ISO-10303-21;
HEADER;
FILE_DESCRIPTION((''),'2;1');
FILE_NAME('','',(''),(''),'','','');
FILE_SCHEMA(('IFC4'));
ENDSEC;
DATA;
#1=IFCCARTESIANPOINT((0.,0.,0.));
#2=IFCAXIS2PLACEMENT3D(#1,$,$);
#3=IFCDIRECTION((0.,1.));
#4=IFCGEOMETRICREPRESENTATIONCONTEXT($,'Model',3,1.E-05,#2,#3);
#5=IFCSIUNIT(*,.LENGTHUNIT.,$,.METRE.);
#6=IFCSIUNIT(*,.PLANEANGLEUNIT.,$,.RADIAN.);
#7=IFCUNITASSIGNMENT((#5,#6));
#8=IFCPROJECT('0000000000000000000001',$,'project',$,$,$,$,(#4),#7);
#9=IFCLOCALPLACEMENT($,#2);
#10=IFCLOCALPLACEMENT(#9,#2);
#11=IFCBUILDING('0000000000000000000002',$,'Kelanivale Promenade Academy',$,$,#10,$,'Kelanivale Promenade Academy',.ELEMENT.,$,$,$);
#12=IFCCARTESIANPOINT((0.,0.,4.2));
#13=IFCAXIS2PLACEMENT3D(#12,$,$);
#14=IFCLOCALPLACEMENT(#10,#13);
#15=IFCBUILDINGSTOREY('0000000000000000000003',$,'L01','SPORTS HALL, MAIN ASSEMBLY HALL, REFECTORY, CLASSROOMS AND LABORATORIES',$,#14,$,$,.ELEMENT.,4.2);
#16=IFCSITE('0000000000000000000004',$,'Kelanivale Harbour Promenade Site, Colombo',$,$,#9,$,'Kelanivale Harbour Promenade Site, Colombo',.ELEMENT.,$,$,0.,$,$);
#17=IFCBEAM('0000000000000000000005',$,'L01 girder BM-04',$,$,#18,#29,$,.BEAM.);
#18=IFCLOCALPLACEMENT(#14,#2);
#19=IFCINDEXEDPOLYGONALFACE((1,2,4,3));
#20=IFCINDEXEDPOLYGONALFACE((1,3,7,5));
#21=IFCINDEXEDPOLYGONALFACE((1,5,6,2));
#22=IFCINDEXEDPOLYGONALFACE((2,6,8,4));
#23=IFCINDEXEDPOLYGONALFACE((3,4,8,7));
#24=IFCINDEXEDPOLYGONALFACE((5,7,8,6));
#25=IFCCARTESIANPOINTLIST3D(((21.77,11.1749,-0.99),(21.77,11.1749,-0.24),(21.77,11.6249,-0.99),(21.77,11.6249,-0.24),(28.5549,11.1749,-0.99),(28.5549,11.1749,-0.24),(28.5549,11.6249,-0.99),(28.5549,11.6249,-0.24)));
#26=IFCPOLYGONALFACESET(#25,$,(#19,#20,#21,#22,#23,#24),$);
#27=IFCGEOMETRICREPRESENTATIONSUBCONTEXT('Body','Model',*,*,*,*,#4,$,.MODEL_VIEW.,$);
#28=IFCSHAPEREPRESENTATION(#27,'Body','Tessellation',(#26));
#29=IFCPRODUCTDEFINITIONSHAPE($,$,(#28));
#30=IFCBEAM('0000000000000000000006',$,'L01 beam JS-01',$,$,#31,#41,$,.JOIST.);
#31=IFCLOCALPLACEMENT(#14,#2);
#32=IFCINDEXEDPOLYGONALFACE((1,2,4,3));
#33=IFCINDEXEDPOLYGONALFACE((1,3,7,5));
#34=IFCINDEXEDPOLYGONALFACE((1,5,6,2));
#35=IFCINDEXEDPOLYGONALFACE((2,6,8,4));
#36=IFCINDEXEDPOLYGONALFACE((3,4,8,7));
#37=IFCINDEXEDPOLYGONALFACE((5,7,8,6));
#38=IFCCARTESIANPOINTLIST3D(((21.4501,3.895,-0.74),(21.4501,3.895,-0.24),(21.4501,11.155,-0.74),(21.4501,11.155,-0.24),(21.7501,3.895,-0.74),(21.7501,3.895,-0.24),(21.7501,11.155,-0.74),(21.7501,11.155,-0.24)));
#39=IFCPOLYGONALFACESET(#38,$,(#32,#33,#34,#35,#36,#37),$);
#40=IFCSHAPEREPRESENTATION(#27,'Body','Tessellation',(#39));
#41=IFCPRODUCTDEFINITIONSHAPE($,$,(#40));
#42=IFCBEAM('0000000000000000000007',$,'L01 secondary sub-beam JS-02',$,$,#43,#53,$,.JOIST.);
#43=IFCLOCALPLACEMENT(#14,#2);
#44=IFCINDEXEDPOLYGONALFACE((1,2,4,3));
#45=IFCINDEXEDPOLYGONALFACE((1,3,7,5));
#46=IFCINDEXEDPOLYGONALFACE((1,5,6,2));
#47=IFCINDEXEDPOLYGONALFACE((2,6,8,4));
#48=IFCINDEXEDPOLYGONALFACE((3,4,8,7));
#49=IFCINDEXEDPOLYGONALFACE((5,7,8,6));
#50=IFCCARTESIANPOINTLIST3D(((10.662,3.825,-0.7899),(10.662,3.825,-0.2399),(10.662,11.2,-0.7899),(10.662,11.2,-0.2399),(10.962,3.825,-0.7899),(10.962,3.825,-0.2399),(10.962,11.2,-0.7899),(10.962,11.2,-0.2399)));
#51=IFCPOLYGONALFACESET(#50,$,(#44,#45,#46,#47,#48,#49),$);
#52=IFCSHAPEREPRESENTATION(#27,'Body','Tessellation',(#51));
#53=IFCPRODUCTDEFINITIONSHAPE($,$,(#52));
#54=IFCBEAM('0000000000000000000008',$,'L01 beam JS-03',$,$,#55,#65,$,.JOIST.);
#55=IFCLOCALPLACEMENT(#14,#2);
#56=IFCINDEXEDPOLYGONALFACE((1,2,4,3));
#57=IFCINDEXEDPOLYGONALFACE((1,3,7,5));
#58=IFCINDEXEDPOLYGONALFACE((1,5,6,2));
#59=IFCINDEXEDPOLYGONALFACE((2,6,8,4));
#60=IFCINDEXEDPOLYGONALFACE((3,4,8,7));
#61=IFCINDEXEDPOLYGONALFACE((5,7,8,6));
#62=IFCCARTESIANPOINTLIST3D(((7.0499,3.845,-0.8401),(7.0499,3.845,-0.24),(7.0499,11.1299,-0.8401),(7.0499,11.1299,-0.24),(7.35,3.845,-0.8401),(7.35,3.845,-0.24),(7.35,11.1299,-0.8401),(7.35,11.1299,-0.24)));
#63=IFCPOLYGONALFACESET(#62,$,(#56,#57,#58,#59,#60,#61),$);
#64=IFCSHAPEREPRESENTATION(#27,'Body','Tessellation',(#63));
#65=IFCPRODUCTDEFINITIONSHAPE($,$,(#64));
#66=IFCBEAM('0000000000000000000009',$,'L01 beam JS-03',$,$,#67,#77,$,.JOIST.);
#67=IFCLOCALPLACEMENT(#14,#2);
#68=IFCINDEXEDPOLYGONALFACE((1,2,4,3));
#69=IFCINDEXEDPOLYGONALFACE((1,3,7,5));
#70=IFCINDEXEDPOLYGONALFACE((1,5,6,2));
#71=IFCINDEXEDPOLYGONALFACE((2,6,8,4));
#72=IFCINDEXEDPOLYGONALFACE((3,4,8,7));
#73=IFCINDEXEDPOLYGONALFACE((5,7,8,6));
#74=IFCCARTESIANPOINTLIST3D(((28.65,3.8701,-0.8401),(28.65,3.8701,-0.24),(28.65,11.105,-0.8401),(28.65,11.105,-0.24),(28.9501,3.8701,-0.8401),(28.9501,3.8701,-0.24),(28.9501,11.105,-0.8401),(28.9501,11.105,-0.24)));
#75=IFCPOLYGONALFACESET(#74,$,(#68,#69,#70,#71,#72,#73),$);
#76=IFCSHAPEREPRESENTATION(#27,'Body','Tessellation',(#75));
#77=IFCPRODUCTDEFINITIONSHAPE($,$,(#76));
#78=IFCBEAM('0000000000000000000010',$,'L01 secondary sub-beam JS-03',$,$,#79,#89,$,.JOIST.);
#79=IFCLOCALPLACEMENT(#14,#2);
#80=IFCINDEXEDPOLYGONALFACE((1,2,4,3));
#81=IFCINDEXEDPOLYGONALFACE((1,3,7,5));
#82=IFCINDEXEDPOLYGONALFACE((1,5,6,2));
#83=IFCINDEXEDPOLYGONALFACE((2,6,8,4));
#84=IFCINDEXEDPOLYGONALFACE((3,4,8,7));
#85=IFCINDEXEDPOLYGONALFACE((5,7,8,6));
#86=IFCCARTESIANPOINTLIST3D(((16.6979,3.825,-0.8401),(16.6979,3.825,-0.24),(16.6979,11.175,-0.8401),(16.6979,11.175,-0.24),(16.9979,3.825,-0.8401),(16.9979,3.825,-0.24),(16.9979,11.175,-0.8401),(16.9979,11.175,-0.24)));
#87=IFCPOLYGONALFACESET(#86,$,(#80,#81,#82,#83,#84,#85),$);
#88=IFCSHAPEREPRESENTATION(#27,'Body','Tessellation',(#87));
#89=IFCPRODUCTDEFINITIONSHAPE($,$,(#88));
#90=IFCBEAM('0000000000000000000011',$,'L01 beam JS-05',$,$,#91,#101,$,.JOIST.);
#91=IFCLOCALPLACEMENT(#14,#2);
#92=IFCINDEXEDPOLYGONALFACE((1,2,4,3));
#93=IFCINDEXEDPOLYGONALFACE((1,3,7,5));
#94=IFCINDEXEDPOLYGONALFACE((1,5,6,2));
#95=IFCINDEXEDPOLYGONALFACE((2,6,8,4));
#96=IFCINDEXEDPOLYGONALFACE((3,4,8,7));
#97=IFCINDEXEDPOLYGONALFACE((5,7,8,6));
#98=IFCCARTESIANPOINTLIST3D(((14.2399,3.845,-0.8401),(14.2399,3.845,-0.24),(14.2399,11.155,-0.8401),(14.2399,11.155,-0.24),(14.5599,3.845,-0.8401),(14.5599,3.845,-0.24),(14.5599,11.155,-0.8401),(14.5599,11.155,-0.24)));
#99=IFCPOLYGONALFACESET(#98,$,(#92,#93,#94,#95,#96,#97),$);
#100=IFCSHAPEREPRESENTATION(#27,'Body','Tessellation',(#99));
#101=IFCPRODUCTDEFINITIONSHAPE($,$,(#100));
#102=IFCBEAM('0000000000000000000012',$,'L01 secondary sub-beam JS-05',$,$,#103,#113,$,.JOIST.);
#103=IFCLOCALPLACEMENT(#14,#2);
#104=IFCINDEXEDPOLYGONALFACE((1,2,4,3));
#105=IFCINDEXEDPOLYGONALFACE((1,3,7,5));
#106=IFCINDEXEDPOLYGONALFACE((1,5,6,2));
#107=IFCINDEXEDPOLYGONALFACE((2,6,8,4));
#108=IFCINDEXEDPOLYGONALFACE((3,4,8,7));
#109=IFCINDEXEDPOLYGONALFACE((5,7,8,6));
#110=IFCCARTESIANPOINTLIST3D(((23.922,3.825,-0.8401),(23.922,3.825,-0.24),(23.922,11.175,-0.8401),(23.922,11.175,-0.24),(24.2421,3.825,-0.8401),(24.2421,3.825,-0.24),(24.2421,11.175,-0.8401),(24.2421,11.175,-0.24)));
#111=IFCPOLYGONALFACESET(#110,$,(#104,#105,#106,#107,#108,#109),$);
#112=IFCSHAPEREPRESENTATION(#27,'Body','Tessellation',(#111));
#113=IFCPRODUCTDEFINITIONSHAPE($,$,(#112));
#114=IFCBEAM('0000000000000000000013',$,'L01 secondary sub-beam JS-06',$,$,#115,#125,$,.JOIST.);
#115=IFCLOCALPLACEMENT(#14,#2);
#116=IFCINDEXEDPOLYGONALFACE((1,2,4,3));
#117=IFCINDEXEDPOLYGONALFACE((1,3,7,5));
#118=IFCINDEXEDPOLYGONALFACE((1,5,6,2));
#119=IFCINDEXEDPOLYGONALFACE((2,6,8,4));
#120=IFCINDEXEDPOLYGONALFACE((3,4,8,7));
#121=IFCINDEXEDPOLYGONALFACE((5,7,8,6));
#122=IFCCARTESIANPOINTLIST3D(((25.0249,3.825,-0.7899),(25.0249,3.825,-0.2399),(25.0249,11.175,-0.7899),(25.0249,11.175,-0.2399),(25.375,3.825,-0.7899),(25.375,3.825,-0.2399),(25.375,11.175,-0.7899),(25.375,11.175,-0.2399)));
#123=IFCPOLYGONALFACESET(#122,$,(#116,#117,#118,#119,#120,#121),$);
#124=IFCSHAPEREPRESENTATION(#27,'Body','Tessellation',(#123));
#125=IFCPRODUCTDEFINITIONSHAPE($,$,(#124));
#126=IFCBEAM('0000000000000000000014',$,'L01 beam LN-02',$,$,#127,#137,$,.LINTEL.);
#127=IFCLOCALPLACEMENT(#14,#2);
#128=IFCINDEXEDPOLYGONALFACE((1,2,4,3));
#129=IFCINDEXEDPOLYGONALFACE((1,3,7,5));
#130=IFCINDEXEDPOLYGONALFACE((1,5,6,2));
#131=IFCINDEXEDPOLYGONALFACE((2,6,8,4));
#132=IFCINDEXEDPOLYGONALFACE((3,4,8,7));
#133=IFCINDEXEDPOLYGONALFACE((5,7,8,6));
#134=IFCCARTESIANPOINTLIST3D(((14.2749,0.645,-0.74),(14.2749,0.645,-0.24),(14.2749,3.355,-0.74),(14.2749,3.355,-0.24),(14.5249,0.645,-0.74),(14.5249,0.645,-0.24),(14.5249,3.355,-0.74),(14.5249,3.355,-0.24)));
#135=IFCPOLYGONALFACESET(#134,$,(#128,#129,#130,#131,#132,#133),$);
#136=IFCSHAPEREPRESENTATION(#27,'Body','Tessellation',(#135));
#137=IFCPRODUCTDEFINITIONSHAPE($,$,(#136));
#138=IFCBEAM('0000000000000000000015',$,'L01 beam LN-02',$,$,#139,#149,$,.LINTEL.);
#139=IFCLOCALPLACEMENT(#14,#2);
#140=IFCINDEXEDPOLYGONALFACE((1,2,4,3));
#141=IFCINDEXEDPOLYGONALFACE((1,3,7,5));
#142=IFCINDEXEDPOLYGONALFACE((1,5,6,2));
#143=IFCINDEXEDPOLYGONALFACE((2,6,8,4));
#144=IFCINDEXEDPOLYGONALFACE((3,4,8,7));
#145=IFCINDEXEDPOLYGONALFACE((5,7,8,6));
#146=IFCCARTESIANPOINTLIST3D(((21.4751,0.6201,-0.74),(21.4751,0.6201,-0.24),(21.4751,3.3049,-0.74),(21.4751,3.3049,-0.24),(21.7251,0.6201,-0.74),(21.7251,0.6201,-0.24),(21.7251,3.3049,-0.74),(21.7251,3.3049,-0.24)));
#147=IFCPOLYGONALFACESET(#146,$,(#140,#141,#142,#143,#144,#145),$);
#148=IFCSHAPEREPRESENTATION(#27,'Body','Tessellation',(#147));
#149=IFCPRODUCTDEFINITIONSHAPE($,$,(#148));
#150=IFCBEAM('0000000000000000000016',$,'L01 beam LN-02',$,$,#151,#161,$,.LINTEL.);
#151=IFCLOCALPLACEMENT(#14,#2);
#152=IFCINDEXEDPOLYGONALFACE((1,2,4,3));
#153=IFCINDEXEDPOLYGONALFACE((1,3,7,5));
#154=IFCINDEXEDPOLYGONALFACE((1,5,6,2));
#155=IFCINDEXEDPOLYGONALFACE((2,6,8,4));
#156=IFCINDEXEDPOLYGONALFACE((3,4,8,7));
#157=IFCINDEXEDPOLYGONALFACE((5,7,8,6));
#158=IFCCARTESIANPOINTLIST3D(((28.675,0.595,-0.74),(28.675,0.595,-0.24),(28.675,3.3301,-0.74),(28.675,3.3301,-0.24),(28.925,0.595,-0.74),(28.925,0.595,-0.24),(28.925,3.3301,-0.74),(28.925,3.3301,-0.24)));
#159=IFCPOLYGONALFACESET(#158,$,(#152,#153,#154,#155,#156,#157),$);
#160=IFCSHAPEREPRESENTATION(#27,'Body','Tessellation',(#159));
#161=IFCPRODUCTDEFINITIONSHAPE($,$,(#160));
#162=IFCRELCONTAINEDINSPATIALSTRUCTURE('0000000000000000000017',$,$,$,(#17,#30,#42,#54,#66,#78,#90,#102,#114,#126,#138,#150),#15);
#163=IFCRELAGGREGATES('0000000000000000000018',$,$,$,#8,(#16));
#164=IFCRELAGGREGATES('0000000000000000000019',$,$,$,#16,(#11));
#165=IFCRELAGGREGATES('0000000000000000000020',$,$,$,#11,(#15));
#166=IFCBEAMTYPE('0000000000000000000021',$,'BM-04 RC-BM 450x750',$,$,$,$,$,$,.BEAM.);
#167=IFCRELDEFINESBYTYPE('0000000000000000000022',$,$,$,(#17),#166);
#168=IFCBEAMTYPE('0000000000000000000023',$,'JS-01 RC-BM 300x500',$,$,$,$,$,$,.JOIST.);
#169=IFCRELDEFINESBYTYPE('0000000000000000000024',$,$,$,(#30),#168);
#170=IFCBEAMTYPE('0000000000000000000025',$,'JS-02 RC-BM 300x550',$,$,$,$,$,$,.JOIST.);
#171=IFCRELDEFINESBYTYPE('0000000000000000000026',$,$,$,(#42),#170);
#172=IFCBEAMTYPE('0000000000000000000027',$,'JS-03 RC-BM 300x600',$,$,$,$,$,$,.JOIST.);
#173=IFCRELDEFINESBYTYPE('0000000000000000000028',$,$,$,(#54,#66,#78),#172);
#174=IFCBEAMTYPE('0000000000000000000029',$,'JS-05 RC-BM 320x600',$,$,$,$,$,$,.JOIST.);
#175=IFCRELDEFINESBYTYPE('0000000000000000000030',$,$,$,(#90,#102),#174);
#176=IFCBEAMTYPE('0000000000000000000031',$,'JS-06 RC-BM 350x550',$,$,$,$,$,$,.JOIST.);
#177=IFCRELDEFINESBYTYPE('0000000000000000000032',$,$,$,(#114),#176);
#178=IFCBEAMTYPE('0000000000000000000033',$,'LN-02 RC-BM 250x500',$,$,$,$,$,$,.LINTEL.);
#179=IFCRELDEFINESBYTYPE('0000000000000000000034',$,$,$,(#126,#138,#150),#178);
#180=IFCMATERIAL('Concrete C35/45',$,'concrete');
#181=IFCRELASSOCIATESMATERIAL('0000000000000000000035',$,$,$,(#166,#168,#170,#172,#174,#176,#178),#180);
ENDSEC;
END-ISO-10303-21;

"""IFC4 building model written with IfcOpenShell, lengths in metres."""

from ifc_helpers import new_model, si_unit, direction, frame, origin, origin_2d, place, context, subcontext, project, spatial, rectangle, extrude, material, material_profile, profile_set, type_object, element, save


model = new_model("IFC4")

# Units and contexts
model_context = context("Model", 3, precision=1e-05, world=origin(), true_north=direction((0.0, 1.0)))
body_context = subcontext(model_context, "Body", "Model", "MODEL_VIEW")
ifc_project = project(units=[si_unit("LENGTHUNIT", "METRE"), si_unit("PLANEANGLEUNIT", "RADIAN")], contexts=[model_context])

# Site, building, storey
site_placement = place(None, origin())
site = spatial("IfcSite", under=ifc_project, at=site_placement, Name="Kelanivale Harbour Promenade Site, Colombo", LongName="Kelanivale Harbour Promenade Site, Colombo", CompositionType="ELEMENT", RefElevation=0.0)
building_placement = place(site_placement, origin())
building = spatial("IfcBuilding", under=site, at=building_placement, Name="Kelanivale Promenade Academy", LongName="Kelanivale Promenade Academy", CompositionType="ELEMENT")
storey_placement = place(building_placement, frame((0.0, 0.0, 4.2)))
storey = spatial("IfcBuildingStorey", under=building, at=storey_placement, Name="L01", Description="SPORTS HALL, MAIN ASSEMBLY HALL, REFECTORY, CLASSROOMS AND LABORATORIES", CompositionType="ELEMENT", Elevation=4.2)

# Beams
ifc_material_1 = material(Name="Concrete C35/45", Category="concrete")
ifc_material_profile_1 = material_profile(ifc_material_1, rectangle(XDim=0.45, YDim=0.75, at=origin_2d()), Name="RC-BM 450x750")
ifc_profile_set_1 = profile_set([ifc_material_profile_1], Name="Concrete C35/45")
beam_type_1 = type_object("IfcBeamType", Name="BM-04 RC-BM 450x750", PredefinedType="BEAM", material=ifc_profile_set_1)
beam_1_placement = place(storey_placement, frame((21.77, 11.3999, -0.615), z_axis=(1.0, 0.0, 0.0), x_axis=(0.0, 1.0, 0.0)))
element("IfcBeam", 1, at=beam_1_placement, inside=storey, type_object=beam_type_1, Name="L01 girder BM-04", PredefinedType="BEAM", context=body_context, shape_type="SweptSolid", body=[
    extrude(rectangle(XDim=0.45, YDim=0.75, at=origin_2d()), origin(), (0.0, 0.0, 1.0), 6.7849),
])
ifc_material_profile_2 = material_profile(ifc_material_1, rectangle(XDim=0.3, YDim=0.5, at=origin_2d()), Name="RC-BM 300x500")
ifc_profile_set_2 = profile_set([ifc_material_profile_2], Name="Concrete C35/45")
beam_type_2 = type_object("IfcBeamType", Name="JS-01 RC-BM 300x500", PredefinedType="JOIST", material=ifc_profile_set_2)
beam_2_placement = place(storey_placement, frame((21.6001, 3.895, -0.49), z_axis=(0.0, 1.0, 0.0), x_axis=(-1.0, 0.0, 0.0)))
element("IfcBeam", 2, at=beam_2_placement, inside=storey, type_object=beam_type_2, Name="L01 beam JS-01", PredefinedType="JOIST", context=body_context, shape_type="SweptSolid", body=[
    extrude(rectangle(XDim=0.3, YDim=0.5, at=origin_2d()), origin(), (0.0, 0.0, 1.0), 7.26),
])
ifc_material_profile_3 = material_profile(ifc_material_1, rectangle(XDim=0.3, YDim=0.55, at=origin_2d()), Name="RC-BM 300x550")
ifc_profile_set_3 = profile_set([ifc_material_profile_3], Name="Concrete C35/45")
beam_type_3 = type_object("IfcBeamType", Name="JS-02 RC-BM 300x550", PredefinedType="JOIST", material=ifc_profile_set_3)
beam_3_placement = place(storey_placement, frame((10.812, 3.825, -0.5149), z_axis=(0.0, 1.0, 0.0), x_axis=(-1.0, 0.0, 0.0)))
element("IfcBeam", 3, at=beam_3_placement, inside=storey, type_object=beam_type_3, Name="L01 secondary sub-beam JS-02", PredefinedType="JOIST", context=body_context, shape_type="SweptSolid", body=[
    extrude(rectangle(XDim=0.3, YDim=0.55, at=origin_2d()), origin(), (0.0, 0.0, 1.0), 7.375),
])
ifc_material_profile_4 = material_profile(ifc_material_1, rectangle(XDim=0.3, YDim=0.6001, at=origin_2d()), Name="RC-BM 300x600")
ifc_profile_set_4 = profile_set([ifc_material_profile_4], Name="Concrete C35/45")
beam_type_4 = type_object("IfcBeamType", Name="JS-03 RC-BM 300x600", PredefinedType="JOIST", material=ifc_profile_set_4)
beam_4_placement = place(storey_placement, frame((7.2, 3.845, -0.54), z_axis=(0.0, 1.0, 0.0), x_axis=(-1.0, 0.0, 0.0)))
element("IfcBeam", 4, at=beam_4_placement, inside=storey, type_object=beam_type_4, Name="L01 beam JS-03", PredefinedType="JOIST", context=body_context, shape_type="SweptSolid", body=[
    extrude(rectangle(XDim=0.3, YDim=0.6001, at=origin_2d()), origin(), (0.0, 0.0, 1.0), 7.2849),
])
beam_5_placement = place(storey_placement, frame((28.8, 3.8701, -0.54), z_axis=(0.0, 1.0, 0.0), x_axis=(-1.0, 0.0, 0.0)))
element("IfcBeam", 5, at=beam_5_placement, inside=storey, type_object=beam_type_4, Name="L01 beam JS-03", PredefinedType="JOIST", context=body_context, shape_type="SweptSolid", body=[
    extrude(rectangle(XDim=0.3, YDim=0.6001, at=origin_2d()), origin(), (0.0, 0.0, 1.0), 7.2349),
])
beam_6_placement = place(storey_placement, frame((16.8479, 3.825, -0.54), z_axis=(0.0, 1.0, 0.0), x_axis=(-1.0, 0.0, 0.0)))
element("IfcBeam", 6, at=beam_6_placement, inside=storey, type_object=beam_type_4, Name="L01 secondary sub-beam JS-03", PredefinedType="JOIST", context=body_context, shape_type="SweptSolid", body=[
    extrude(rectangle(XDim=0.3, YDim=0.6001, at=origin_2d()), origin(), (0.0, 0.0, 1.0), 7.3501),
])
ifc_material_profile_5 = material_profile(ifc_material_1, rectangle(XDim=0.3201, YDim=0.6001, at=origin_2d()), Name="RC-BM 320x600")
ifc_profile_set_5 = profile_set([ifc_material_profile_5], Name="Concrete C35/45")
beam_type_5 = type_object("IfcBeamType", Name="JS-05 RC-BM 320x600", PredefinedType="JOIST", material=ifc_profile_set_5)
beam_7_placement = place(storey_placement, frame((14.3999, 3.845, -0.54), z_axis=(0.0, 1.0, 0.0), x_axis=(-1.0, 0.0, 0.0)))
element("IfcBeam", 7, at=beam_7_placement, inside=storey, type_object=beam_type_5, Name="L01 beam JS-05", PredefinedType="JOIST", context=body_context, shape_type="SweptSolid", body=[
    extrude(rectangle(XDim=0.3201, YDim=0.6001, at=origin_2d()), origin(), (0.0, 0.0, 1.0), 7.3101),
])
beam_8_placement = place(storey_placement, frame((24.082, 3.825, -0.54), z_axis=(0.0, 1.0, 0.0), x_axis=(-1.0, 0.0, 0.0)))
element("IfcBeam", 8, at=beam_8_placement, inside=storey, type_object=beam_type_5, Name="L01 secondary sub-beam JS-05", PredefinedType="JOIST", context=body_context, shape_type="SweptSolid", body=[
    extrude(rectangle(XDim=0.3201, YDim=0.6001, at=origin_2d()), origin(), (0.0, 0.0, 1.0), 7.3501),
])
ifc_material_profile_6 = material_profile(ifc_material_1, rectangle(XDim=0.3501, YDim=0.55, at=origin_2d()), Name="RC-BM 350x550")
ifc_profile_set_6 = profile_set([ifc_material_profile_6], Name="Concrete C35/45")
beam_type_6 = type_object("IfcBeamType", Name="JS-06 RC-BM 350x550", PredefinedType="JOIST", material=ifc_profile_set_6)
beam_9_placement = place(storey_placement, frame((25.2, 3.825, -0.5149), z_axis=(0.0, 1.0, 0.0), x_axis=(-1.0, 0.0, 0.0)))
element("IfcBeam", 9, at=beam_9_placement, inside=storey, type_object=beam_type_6, Name="L01 secondary sub-beam JS-06", PredefinedType="JOIST", context=body_context, shape_type="SweptSolid", body=[
    extrude(rectangle(XDim=0.3501, YDim=0.55, at=origin_2d()), origin(), (0.0, 0.0, 1.0), 7.3501),
])
ifc_material_profile_7 = material_profile(ifc_material_1, rectangle(XDim=0.25, YDim=0.5, at=origin_2d()), Name="RC-BM 250x500")
ifc_profile_set_7 = profile_set([ifc_material_profile_7], Name="Concrete C35/45")
beam_type_7 = type_object("IfcBeamType", Name="LN-02 RC-BM 250x500", PredefinedType="LINTEL", material=ifc_profile_set_7)
beam_10_placement = place(storey_placement, frame((14.3999, 0.645, -0.49), z_axis=(0.0, 1.0, 0.0), x_axis=(-1.0, 0.0, 0.0)))
element("IfcBeam", 10, at=beam_10_placement, inside=storey, type_object=beam_type_7, Name="L01 beam LN-02", PredefinedType="LINTEL", context=body_context, shape_type="SweptSolid", body=[
    extrude(rectangle(XDim=0.25, YDim=0.5, at=origin_2d()), origin(), (0.0, 0.0, 1.0), 2.71),
])
beam_11_placement = place(storey_placement, frame((21.6001, 0.6201, -0.49), z_axis=(0.0, 1.0, 0.0), x_axis=(-1.0, 0.0, 0.0)))
element("IfcBeam", 11, at=beam_11_placement, inside=storey, type_object=beam_type_7, Name="L01 beam LN-02", PredefinedType="LINTEL", context=body_context, shape_type="SweptSolid", body=[
    extrude(rectangle(XDim=0.25, YDim=0.5, at=origin_2d()), origin(), (0.0, 0.0, 1.0), 2.6848),
])
beam_12_placement = place(storey_placement, frame((28.8, 0.595, -0.49), z_axis=(0.0, 1.0, 0.0), x_axis=(-1.0, 0.0, 0.0)))
element("IfcBeam", 12, at=beam_12_placement, inside=storey, type_object=beam_type_7, Name="L01 beam LN-02", PredefinedType="LINTEL", context=body_context, shape_type="SweptSolid", body=[
    extrude(rectangle(XDim=0.25, YDim=0.5, at=origin_2d()), origin(), (0.0, 0.0, 1.0), 2.7351),
])

save(model, "model.ifc")
